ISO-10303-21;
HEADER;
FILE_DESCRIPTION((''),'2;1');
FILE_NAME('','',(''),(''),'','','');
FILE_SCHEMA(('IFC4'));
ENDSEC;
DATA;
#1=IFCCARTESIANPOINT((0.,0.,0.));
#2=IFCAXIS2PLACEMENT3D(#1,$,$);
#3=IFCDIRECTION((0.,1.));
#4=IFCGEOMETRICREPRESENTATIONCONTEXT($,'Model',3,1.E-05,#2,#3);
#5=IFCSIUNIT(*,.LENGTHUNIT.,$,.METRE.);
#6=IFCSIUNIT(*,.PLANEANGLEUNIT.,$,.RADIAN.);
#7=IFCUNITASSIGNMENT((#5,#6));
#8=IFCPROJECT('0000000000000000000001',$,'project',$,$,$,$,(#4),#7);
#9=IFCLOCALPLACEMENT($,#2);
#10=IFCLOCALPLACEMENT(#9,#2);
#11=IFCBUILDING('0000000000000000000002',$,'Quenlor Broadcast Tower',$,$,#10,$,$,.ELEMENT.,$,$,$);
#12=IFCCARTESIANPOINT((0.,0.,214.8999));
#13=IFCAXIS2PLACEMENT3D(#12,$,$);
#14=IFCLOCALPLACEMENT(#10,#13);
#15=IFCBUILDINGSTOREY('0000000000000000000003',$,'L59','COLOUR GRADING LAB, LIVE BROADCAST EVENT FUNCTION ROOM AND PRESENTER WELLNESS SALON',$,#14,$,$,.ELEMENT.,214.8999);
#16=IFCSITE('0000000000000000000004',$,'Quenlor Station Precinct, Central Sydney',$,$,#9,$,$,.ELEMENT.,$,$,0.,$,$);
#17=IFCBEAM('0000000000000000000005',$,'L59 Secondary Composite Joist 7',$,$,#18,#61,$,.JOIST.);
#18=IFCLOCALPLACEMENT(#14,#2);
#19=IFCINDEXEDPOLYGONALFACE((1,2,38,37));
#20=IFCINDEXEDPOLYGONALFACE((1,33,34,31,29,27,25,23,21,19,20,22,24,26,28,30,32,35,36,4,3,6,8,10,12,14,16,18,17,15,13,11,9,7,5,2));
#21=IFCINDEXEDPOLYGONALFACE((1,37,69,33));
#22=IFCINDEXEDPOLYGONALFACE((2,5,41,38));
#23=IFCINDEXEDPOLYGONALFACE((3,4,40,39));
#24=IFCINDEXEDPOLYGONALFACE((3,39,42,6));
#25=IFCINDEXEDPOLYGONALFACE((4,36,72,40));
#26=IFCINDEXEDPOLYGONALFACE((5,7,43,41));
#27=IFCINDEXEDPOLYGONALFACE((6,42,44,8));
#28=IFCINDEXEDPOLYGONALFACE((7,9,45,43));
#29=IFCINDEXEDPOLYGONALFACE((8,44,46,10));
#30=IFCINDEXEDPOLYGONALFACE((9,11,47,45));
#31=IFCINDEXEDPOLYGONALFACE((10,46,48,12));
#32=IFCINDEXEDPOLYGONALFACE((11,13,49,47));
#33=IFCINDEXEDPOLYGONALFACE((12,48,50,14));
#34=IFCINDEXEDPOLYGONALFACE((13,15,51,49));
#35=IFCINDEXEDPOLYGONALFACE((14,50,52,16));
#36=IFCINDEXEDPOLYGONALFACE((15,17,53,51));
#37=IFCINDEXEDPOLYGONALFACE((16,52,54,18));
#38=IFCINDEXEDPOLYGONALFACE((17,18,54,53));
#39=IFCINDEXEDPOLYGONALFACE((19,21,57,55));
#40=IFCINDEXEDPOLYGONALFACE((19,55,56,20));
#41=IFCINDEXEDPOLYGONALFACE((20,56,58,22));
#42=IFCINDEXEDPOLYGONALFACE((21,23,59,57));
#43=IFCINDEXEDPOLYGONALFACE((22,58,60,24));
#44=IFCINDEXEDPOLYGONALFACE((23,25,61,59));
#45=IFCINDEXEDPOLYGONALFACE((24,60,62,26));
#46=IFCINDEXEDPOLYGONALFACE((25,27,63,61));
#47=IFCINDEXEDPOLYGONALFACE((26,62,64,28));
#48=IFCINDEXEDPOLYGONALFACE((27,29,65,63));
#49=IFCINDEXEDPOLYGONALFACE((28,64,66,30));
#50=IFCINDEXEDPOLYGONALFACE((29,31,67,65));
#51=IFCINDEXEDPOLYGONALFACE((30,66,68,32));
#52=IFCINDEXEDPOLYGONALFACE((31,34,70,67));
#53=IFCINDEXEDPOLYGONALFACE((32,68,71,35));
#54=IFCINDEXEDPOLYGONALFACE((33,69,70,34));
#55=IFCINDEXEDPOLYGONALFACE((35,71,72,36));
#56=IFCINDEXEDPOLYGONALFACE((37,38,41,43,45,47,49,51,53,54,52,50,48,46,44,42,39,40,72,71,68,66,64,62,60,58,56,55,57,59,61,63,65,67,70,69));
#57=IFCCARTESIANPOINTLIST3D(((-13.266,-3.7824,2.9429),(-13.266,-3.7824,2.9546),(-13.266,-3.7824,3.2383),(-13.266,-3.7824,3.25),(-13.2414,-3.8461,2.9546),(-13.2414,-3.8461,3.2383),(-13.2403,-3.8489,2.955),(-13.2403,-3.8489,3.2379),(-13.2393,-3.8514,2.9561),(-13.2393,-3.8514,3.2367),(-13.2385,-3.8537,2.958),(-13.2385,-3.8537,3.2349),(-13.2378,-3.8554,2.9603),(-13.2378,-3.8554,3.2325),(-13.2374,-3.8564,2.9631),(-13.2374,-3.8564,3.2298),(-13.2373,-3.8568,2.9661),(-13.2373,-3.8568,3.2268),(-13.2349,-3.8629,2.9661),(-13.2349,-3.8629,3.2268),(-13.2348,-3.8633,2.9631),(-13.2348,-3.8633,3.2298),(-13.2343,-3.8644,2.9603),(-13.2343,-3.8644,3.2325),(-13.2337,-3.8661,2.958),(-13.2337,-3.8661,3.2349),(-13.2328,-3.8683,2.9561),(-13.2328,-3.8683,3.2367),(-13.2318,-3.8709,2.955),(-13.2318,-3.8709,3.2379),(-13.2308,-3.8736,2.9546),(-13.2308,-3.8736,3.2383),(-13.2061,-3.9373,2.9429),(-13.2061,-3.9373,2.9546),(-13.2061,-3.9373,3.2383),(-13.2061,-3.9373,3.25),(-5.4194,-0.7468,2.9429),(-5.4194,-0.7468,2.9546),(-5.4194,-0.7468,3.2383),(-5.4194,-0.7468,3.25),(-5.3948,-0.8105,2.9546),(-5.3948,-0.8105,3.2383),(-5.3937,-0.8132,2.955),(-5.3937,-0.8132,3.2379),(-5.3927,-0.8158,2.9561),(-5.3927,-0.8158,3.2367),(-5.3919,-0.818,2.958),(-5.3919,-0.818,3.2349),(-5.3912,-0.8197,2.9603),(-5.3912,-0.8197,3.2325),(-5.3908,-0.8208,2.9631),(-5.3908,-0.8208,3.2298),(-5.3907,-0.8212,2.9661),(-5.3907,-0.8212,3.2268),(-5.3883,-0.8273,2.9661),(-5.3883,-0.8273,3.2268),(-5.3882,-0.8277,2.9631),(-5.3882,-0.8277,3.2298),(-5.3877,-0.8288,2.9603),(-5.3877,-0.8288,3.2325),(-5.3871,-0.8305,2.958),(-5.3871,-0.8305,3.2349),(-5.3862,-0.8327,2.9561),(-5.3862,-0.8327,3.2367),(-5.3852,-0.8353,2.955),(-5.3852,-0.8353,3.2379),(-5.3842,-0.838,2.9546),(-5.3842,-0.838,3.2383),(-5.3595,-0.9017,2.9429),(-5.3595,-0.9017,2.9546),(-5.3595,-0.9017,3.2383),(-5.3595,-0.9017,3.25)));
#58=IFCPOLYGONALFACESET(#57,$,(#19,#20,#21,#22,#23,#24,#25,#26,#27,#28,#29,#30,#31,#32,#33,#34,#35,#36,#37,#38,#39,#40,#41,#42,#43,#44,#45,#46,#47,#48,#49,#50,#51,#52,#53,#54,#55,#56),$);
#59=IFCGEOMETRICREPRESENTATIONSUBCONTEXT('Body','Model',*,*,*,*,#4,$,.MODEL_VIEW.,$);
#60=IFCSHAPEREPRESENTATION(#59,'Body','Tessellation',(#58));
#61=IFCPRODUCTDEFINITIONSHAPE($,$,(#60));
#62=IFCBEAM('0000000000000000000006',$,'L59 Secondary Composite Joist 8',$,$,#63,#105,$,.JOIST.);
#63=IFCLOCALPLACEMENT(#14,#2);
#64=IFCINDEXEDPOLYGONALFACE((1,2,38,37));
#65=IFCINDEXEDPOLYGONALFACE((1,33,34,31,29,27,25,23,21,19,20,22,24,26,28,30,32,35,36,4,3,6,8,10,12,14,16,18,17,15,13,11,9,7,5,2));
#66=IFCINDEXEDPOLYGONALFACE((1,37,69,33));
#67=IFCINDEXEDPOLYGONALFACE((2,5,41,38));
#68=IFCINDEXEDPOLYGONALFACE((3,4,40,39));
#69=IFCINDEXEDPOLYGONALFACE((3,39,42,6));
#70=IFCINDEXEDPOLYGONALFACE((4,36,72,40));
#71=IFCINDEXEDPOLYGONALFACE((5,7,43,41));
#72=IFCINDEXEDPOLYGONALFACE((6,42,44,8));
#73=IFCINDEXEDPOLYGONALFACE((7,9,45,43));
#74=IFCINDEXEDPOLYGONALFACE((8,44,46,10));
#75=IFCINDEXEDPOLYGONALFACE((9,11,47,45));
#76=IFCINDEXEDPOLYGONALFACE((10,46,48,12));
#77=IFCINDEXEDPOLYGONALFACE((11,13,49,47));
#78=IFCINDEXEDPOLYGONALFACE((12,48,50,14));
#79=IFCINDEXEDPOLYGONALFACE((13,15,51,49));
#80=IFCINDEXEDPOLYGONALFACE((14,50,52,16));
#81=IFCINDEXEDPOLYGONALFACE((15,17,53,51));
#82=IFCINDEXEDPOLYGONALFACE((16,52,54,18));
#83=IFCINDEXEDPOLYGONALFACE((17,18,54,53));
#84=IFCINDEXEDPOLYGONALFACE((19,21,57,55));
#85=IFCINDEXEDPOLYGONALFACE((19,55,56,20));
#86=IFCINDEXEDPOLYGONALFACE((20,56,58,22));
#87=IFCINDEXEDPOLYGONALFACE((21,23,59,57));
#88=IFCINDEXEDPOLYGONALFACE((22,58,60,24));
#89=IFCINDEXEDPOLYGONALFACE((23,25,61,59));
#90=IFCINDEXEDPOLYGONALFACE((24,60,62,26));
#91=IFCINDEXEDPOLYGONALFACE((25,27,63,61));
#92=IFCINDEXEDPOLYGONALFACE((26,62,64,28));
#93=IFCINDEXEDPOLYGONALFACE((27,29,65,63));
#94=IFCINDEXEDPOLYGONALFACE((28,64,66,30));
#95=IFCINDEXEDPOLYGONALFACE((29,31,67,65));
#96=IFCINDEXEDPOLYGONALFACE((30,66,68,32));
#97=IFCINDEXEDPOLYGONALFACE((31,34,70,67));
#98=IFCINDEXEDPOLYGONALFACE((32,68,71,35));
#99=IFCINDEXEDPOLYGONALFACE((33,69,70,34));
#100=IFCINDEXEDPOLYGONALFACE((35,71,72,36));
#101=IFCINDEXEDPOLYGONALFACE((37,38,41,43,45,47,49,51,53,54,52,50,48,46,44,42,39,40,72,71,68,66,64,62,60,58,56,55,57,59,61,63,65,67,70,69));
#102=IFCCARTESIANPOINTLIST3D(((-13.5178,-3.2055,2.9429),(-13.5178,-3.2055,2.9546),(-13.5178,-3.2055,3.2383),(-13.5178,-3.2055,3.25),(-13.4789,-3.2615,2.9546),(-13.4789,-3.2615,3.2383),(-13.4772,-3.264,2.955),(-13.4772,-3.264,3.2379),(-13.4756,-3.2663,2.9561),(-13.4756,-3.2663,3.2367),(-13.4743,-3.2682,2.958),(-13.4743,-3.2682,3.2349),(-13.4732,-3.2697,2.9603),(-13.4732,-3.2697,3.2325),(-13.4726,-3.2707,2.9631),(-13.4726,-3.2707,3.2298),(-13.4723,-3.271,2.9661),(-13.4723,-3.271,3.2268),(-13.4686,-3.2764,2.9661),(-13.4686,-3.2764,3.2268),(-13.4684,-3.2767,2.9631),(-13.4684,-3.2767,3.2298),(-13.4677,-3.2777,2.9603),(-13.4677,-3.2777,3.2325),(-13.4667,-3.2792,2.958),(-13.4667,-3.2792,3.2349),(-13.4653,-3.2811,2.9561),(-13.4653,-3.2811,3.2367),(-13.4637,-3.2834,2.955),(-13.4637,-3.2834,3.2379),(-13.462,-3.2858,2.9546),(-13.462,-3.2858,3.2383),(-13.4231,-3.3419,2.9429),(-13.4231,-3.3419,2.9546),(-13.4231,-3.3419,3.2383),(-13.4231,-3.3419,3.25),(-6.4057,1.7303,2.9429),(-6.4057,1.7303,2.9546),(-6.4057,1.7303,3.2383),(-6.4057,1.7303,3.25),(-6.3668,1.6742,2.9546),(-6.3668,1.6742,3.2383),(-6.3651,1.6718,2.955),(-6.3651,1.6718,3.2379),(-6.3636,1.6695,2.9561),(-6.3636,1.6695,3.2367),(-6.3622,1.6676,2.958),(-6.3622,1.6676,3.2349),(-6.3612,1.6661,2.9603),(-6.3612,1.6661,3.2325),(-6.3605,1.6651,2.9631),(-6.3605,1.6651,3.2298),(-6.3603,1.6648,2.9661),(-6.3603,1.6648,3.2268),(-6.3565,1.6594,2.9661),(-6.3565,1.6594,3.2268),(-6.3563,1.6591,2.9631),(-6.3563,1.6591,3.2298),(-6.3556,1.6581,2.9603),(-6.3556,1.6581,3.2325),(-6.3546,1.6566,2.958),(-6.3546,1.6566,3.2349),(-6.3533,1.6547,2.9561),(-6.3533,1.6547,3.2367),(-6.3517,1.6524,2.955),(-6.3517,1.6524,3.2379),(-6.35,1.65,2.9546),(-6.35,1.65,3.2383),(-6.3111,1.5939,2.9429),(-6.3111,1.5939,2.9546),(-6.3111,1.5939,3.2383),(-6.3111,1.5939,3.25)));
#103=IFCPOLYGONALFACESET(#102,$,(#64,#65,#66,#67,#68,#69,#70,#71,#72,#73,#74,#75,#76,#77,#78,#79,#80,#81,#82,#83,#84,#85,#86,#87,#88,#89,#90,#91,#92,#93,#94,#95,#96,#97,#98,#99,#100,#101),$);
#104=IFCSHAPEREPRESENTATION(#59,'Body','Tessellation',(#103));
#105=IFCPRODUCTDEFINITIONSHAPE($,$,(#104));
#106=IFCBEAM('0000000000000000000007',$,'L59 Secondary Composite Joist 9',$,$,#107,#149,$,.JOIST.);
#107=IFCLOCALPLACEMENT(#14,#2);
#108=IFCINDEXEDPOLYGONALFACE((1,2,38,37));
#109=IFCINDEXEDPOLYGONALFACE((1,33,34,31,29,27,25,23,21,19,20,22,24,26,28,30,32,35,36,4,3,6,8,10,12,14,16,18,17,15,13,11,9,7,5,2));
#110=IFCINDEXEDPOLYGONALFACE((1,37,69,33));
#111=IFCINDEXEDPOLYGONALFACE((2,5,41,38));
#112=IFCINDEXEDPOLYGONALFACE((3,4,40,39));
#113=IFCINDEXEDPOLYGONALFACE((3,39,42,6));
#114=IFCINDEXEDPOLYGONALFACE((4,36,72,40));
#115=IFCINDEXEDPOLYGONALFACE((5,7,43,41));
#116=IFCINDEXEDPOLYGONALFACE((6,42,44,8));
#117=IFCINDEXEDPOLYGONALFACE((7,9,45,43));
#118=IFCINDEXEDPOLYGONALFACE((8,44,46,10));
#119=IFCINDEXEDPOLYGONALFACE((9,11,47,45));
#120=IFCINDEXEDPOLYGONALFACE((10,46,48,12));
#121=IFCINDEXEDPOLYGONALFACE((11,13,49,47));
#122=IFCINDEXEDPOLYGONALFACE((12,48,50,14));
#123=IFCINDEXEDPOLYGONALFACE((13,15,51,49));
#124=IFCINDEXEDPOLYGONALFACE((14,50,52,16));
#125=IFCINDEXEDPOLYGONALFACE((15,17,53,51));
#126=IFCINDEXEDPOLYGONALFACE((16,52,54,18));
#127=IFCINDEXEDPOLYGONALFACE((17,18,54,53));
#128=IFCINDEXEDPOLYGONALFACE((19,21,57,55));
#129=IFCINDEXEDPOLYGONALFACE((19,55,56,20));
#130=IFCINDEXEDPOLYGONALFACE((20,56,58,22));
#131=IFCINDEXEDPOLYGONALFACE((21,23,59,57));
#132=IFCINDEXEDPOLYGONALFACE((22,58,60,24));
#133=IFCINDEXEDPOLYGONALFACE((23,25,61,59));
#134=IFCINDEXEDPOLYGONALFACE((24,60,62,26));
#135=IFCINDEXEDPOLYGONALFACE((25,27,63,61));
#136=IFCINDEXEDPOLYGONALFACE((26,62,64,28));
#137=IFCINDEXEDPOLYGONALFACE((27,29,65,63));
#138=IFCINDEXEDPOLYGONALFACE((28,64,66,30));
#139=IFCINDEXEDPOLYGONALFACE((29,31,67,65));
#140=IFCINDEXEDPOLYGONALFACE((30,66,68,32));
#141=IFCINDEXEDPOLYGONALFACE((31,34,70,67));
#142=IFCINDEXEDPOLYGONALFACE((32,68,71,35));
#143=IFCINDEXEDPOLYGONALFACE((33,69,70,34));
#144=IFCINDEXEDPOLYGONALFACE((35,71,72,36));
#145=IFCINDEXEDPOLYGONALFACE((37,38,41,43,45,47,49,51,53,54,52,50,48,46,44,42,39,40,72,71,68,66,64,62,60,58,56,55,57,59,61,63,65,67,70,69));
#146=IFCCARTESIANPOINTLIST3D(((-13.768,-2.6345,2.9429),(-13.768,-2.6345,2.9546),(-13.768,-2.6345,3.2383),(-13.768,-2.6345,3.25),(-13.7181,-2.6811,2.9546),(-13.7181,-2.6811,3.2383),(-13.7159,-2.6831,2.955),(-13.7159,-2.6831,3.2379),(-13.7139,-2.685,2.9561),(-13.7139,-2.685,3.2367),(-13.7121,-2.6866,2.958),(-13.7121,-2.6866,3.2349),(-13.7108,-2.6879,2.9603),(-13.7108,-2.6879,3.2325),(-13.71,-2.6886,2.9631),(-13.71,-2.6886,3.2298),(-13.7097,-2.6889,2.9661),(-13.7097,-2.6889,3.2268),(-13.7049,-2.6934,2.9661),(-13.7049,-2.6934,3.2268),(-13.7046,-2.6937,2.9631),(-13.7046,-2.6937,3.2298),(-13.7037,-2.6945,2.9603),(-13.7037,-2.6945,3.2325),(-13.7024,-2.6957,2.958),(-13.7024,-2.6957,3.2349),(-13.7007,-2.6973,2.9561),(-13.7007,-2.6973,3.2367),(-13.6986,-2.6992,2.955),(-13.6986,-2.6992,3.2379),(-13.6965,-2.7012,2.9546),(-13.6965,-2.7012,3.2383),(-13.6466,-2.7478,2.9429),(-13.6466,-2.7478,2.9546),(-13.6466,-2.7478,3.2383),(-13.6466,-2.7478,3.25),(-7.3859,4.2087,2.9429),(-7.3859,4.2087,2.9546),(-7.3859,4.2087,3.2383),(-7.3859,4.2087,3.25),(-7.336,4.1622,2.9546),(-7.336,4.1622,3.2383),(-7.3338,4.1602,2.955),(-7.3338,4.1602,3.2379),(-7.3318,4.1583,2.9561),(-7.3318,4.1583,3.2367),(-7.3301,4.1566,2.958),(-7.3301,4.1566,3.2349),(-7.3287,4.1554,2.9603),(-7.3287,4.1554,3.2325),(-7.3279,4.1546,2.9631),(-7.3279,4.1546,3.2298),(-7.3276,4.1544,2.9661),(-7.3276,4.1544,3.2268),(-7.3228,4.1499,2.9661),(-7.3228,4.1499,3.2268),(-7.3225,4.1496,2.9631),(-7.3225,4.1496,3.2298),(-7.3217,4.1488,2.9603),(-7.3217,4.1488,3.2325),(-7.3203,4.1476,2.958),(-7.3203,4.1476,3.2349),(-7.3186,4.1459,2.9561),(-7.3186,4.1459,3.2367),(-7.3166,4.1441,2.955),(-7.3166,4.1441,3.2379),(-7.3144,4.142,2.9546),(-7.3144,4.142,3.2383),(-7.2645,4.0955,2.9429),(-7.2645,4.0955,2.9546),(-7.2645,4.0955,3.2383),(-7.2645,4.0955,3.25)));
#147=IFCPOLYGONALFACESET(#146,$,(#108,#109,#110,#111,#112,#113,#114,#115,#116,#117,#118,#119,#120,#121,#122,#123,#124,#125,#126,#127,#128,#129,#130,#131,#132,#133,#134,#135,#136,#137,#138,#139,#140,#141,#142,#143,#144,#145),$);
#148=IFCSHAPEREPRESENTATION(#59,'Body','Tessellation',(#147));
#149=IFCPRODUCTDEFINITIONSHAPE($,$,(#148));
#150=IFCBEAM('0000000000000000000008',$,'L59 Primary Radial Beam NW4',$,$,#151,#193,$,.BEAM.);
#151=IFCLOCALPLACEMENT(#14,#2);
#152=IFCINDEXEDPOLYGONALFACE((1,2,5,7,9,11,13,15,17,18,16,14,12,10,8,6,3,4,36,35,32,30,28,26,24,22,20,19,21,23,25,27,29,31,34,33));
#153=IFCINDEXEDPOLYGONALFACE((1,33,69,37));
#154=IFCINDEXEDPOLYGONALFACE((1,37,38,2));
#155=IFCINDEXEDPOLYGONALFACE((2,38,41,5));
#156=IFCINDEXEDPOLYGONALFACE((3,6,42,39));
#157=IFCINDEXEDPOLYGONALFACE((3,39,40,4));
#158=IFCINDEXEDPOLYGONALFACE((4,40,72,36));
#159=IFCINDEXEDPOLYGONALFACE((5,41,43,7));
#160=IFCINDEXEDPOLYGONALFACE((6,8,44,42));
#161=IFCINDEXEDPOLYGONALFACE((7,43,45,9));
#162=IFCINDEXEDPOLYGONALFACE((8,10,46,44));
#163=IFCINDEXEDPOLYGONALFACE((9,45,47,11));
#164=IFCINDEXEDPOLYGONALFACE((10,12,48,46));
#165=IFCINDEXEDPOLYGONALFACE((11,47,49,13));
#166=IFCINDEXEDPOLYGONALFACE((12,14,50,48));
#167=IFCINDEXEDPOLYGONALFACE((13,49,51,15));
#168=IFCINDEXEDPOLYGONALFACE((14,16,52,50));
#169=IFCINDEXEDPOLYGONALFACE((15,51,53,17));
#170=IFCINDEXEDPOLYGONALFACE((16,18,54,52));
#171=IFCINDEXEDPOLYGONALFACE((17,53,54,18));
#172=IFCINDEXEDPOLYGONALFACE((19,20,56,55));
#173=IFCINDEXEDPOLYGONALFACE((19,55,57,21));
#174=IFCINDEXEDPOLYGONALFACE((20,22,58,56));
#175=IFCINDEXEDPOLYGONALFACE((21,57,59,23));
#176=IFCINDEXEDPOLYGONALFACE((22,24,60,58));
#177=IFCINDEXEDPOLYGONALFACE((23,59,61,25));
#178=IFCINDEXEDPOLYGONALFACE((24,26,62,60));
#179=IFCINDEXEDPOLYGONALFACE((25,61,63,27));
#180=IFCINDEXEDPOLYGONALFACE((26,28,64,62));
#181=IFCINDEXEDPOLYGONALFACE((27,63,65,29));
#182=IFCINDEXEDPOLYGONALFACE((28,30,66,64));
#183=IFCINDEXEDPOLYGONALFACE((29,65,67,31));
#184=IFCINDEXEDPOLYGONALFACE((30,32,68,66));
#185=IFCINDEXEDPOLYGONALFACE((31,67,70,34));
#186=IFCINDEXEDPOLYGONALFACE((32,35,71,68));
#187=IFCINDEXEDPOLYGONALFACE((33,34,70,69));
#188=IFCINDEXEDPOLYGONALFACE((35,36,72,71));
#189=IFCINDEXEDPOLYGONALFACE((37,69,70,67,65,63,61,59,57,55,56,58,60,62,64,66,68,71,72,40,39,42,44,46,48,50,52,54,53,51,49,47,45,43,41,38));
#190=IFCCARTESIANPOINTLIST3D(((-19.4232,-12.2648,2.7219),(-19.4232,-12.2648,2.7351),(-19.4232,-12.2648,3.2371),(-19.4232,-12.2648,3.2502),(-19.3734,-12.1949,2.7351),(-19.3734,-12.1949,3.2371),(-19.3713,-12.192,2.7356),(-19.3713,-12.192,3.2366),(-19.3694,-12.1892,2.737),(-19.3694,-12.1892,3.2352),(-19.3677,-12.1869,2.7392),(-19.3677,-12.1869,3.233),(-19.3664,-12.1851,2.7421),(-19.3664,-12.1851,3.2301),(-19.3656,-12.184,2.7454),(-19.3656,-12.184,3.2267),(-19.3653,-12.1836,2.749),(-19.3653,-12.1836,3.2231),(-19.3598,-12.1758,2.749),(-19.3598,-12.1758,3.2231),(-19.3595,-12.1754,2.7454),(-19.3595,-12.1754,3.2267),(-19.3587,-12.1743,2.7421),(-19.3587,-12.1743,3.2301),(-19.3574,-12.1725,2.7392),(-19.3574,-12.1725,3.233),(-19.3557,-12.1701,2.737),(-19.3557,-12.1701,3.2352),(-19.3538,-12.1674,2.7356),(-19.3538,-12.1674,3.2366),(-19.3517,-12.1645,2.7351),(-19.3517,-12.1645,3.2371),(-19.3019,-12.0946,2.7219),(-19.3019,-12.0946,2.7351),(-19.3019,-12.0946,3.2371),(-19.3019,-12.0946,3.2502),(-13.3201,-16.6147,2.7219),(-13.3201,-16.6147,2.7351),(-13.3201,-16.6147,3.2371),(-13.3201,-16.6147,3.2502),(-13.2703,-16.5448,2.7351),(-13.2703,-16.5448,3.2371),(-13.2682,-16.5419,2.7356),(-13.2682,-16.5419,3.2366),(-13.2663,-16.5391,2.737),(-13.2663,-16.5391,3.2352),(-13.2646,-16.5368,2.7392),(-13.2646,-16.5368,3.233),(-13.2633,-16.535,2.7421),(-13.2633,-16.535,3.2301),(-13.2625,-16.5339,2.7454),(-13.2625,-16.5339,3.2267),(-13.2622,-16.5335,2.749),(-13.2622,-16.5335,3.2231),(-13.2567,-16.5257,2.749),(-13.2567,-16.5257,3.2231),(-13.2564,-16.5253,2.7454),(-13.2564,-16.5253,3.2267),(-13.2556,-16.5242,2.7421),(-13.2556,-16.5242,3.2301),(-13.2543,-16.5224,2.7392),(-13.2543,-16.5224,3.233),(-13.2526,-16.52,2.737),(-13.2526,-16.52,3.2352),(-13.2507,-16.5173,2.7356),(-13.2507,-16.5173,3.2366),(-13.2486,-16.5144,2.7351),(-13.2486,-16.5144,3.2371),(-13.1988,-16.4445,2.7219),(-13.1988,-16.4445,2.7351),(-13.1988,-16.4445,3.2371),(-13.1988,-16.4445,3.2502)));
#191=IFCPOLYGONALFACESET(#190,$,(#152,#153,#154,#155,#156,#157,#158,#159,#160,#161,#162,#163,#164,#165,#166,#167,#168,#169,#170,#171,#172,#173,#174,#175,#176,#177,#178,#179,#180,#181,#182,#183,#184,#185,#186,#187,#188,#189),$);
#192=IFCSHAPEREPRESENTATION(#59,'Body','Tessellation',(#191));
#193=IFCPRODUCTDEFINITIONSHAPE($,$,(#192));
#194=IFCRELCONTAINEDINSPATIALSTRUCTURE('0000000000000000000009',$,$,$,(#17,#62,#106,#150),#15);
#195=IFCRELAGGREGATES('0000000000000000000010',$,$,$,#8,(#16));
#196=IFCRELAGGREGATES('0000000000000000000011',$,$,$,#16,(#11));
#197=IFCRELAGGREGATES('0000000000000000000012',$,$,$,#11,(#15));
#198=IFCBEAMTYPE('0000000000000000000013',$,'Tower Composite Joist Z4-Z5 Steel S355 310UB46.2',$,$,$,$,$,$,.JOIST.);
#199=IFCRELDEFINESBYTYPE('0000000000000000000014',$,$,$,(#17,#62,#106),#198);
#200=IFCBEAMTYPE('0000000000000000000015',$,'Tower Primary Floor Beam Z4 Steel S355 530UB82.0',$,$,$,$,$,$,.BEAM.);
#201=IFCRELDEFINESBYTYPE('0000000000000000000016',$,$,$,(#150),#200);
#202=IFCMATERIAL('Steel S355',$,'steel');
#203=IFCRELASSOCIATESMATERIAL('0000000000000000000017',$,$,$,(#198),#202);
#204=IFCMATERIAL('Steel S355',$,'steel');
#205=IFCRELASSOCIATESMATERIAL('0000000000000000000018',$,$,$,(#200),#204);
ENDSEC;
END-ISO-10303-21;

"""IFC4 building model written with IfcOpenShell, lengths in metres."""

from ifc_helpers import new_model, si_unit, direction, frame, origin, origin_2d, place, context, subcontext, project, spatial, i_section, extrude, material, material_profile, profile_set, type_object, element, save


model = new_model("IFC4")

# Units and contexts
model_context = context("Model", 3, precision=1e-05, world=origin(), true_north=direction((0.0, 1.0)))
body_context = subcontext(model_context, "Body", "Model", "MODEL_VIEW")
ifc_project = project(units=[si_unit("LENGTHUNIT", "METRE"), si_unit("PLANEANGLEUNIT", "RADIAN")], contexts=[model_context])

# Site, building, storey
site_placement = place(None, origin())
site = spatial("IfcSite", under=ifc_project, at=site_placement, Name="Quenlor Station Precinct, Central Sydney", CompositionType="ELEMENT", RefElevation=0.0)
building_placement = place(site_placement, origin())
building = spatial("IfcBuilding", under=site, at=building_placement, Name="Quenlor Broadcast Tower", CompositionType="ELEMENT")
storey_placement = place(building_placement, frame((0.0, 0.0, 214.8999)))
storey = spatial("IfcBuildingStorey", under=building, at=storey_placement, Name="L59", Description="COLOUR GRADING LAB, LIVE BROADCAST EVENT FUNCTION ROOM AND PRESENTER WELLNESS SALON", CompositionType="ELEMENT", Elevation=214.8999)

# Beams
ifc_material_1 = material(Name="Steel S355", Category="steel")
ifc_material_profile_1 = material_profile(ifc_material_1, i_section(OverallWidth=0.166, OverallDepth=0.3071, WebThickness=0.0066, FlangeThickness=0.0117, FilletRadius=0.0115, at=origin_2d()))
ifc_profile_set_1 = profile_set([ifc_material_profile_1], Name="Steel S355 310UB46.2")
beam_type_1 = type_object("IfcBeamType", Name="Tower Composite Joist Z4-Z5 Steel S355 310UB46.2", PredefinedType="JOIST", material=ifc_profile_set_1)
beam_1_placement = place(storey_placement, frame((-13.2361, -3.8599, 3.0964), z_axis=(0.932639, 0.36081, 0.0), x_axis=(-0.36081, 0.932639, 0.0)))
element("IfcBeam", 1, at=beam_1_placement, inside=storey, type_object=beam_type_1, Name="L59 Secondary Composite Joist 7", PredefinedType="JOIST", context=body_context, shape_type="SweptSolid", body=[
    extrude(i_section(OverallWidth=0.166, OverallDepth=0.3071, WebThickness=0.0066, FlangeThickness=0.0117, FilletRadius=0.0115, at=origin_2d()), origin(), (0.0, 0.0, 1.0), 8.4133),
])
beam_2_placement = place(storey_placement, frame((-13.4705, -3.2737, 3.0964), z_axis=(0.82154, 0.570151, 0.0), x_axis=(-0.570151, 0.82154, 0.0)))
element("IfcBeam", 2, at=beam_2_placement, inside=storey, type_object=beam_type_1, Name="L59 Secondary Composite Joist 8", PredefinedType="JOIST", context=body_context, shape_type="SweptSolid", body=[
    extrude(i_section(OverallWidth=0.166, OverallDepth=0.3071, WebThickness=0.0066, FlangeThickness=0.0117, FilletRadius=0.0115, at=origin_2d()), origin(), (0.0, 0.0, 1.0), 8.657),
])
beam_3_placement = place(storey_placement, frame((-13.7073, -2.6912, 3.0964), z_axis=(0.682035, 0.73132, 0.0), x_axis=(-0.73132, 0.682035, 0.0)))
element("IfcBeam", 3, at=beam_3_placement, inside=storey, type_object=beam_type_1, Name="L59 Secondary Composite Joist 9", PredefinedType="JOIST", context=body_context, shape_type="SweptSolid", body=[
    extrude(i_section(OverallWidth=0.166, OverallDepth=0.3071, WebThickness=0.0066, FlangeThickness=0.0117, FilletRadius=0.0115, at=origin_2d()), origin(), (0.0, 0.0, 1.0), 9.3574),
])
ifc_material_2 = material(Name="Steel S355", Category="steel")
ifc_material_profile_2 = material_profile(ifc_material_2, i_section(OverallWidth=0.209, OverallDepth=0.5283, WebThickness=0.0095, FlangeThickness=0.0132, FilletRadius=0.0139, at=origin_2d()))
ifc_profile_set_2 = profile_set([ifc_material_profile_2], Name="Steel S355 530UB82.0")
beam_type_2 = type_object("IfcBeamType", Name="Tower Primary Floor Beam Z4 Steel S355 530UB82.0", PredefinedType="BEAM", material=ifc_profile_set_2)
beam_4_placement = place(storey_placement, frame((-19.3625, -12.1797, 2.9861), z_axis=(0.81433, -0.580403, 0.0), x_axis=(0.580403, 0.81433, 0.0)))
element("IfcBeam", 4, at=beam_4_placement, inside=storey, type_object=beam_type_2, Name="L59 Primary Radial Beam NW4", PredefinedType="BEAM", context=body_context, shape_type="SweptSolid", body=[
    extrude(i_section(OverallWidth=0.209, OverallDepth=0.5283, WebThickness=0.0095, FlangeThickness=0.0132, FilletRadius=0.0139, at=origin_2d()), origin(), (0.0, 0.0, 1.0), 7.4946),
])

save(model, "model.ifc")
